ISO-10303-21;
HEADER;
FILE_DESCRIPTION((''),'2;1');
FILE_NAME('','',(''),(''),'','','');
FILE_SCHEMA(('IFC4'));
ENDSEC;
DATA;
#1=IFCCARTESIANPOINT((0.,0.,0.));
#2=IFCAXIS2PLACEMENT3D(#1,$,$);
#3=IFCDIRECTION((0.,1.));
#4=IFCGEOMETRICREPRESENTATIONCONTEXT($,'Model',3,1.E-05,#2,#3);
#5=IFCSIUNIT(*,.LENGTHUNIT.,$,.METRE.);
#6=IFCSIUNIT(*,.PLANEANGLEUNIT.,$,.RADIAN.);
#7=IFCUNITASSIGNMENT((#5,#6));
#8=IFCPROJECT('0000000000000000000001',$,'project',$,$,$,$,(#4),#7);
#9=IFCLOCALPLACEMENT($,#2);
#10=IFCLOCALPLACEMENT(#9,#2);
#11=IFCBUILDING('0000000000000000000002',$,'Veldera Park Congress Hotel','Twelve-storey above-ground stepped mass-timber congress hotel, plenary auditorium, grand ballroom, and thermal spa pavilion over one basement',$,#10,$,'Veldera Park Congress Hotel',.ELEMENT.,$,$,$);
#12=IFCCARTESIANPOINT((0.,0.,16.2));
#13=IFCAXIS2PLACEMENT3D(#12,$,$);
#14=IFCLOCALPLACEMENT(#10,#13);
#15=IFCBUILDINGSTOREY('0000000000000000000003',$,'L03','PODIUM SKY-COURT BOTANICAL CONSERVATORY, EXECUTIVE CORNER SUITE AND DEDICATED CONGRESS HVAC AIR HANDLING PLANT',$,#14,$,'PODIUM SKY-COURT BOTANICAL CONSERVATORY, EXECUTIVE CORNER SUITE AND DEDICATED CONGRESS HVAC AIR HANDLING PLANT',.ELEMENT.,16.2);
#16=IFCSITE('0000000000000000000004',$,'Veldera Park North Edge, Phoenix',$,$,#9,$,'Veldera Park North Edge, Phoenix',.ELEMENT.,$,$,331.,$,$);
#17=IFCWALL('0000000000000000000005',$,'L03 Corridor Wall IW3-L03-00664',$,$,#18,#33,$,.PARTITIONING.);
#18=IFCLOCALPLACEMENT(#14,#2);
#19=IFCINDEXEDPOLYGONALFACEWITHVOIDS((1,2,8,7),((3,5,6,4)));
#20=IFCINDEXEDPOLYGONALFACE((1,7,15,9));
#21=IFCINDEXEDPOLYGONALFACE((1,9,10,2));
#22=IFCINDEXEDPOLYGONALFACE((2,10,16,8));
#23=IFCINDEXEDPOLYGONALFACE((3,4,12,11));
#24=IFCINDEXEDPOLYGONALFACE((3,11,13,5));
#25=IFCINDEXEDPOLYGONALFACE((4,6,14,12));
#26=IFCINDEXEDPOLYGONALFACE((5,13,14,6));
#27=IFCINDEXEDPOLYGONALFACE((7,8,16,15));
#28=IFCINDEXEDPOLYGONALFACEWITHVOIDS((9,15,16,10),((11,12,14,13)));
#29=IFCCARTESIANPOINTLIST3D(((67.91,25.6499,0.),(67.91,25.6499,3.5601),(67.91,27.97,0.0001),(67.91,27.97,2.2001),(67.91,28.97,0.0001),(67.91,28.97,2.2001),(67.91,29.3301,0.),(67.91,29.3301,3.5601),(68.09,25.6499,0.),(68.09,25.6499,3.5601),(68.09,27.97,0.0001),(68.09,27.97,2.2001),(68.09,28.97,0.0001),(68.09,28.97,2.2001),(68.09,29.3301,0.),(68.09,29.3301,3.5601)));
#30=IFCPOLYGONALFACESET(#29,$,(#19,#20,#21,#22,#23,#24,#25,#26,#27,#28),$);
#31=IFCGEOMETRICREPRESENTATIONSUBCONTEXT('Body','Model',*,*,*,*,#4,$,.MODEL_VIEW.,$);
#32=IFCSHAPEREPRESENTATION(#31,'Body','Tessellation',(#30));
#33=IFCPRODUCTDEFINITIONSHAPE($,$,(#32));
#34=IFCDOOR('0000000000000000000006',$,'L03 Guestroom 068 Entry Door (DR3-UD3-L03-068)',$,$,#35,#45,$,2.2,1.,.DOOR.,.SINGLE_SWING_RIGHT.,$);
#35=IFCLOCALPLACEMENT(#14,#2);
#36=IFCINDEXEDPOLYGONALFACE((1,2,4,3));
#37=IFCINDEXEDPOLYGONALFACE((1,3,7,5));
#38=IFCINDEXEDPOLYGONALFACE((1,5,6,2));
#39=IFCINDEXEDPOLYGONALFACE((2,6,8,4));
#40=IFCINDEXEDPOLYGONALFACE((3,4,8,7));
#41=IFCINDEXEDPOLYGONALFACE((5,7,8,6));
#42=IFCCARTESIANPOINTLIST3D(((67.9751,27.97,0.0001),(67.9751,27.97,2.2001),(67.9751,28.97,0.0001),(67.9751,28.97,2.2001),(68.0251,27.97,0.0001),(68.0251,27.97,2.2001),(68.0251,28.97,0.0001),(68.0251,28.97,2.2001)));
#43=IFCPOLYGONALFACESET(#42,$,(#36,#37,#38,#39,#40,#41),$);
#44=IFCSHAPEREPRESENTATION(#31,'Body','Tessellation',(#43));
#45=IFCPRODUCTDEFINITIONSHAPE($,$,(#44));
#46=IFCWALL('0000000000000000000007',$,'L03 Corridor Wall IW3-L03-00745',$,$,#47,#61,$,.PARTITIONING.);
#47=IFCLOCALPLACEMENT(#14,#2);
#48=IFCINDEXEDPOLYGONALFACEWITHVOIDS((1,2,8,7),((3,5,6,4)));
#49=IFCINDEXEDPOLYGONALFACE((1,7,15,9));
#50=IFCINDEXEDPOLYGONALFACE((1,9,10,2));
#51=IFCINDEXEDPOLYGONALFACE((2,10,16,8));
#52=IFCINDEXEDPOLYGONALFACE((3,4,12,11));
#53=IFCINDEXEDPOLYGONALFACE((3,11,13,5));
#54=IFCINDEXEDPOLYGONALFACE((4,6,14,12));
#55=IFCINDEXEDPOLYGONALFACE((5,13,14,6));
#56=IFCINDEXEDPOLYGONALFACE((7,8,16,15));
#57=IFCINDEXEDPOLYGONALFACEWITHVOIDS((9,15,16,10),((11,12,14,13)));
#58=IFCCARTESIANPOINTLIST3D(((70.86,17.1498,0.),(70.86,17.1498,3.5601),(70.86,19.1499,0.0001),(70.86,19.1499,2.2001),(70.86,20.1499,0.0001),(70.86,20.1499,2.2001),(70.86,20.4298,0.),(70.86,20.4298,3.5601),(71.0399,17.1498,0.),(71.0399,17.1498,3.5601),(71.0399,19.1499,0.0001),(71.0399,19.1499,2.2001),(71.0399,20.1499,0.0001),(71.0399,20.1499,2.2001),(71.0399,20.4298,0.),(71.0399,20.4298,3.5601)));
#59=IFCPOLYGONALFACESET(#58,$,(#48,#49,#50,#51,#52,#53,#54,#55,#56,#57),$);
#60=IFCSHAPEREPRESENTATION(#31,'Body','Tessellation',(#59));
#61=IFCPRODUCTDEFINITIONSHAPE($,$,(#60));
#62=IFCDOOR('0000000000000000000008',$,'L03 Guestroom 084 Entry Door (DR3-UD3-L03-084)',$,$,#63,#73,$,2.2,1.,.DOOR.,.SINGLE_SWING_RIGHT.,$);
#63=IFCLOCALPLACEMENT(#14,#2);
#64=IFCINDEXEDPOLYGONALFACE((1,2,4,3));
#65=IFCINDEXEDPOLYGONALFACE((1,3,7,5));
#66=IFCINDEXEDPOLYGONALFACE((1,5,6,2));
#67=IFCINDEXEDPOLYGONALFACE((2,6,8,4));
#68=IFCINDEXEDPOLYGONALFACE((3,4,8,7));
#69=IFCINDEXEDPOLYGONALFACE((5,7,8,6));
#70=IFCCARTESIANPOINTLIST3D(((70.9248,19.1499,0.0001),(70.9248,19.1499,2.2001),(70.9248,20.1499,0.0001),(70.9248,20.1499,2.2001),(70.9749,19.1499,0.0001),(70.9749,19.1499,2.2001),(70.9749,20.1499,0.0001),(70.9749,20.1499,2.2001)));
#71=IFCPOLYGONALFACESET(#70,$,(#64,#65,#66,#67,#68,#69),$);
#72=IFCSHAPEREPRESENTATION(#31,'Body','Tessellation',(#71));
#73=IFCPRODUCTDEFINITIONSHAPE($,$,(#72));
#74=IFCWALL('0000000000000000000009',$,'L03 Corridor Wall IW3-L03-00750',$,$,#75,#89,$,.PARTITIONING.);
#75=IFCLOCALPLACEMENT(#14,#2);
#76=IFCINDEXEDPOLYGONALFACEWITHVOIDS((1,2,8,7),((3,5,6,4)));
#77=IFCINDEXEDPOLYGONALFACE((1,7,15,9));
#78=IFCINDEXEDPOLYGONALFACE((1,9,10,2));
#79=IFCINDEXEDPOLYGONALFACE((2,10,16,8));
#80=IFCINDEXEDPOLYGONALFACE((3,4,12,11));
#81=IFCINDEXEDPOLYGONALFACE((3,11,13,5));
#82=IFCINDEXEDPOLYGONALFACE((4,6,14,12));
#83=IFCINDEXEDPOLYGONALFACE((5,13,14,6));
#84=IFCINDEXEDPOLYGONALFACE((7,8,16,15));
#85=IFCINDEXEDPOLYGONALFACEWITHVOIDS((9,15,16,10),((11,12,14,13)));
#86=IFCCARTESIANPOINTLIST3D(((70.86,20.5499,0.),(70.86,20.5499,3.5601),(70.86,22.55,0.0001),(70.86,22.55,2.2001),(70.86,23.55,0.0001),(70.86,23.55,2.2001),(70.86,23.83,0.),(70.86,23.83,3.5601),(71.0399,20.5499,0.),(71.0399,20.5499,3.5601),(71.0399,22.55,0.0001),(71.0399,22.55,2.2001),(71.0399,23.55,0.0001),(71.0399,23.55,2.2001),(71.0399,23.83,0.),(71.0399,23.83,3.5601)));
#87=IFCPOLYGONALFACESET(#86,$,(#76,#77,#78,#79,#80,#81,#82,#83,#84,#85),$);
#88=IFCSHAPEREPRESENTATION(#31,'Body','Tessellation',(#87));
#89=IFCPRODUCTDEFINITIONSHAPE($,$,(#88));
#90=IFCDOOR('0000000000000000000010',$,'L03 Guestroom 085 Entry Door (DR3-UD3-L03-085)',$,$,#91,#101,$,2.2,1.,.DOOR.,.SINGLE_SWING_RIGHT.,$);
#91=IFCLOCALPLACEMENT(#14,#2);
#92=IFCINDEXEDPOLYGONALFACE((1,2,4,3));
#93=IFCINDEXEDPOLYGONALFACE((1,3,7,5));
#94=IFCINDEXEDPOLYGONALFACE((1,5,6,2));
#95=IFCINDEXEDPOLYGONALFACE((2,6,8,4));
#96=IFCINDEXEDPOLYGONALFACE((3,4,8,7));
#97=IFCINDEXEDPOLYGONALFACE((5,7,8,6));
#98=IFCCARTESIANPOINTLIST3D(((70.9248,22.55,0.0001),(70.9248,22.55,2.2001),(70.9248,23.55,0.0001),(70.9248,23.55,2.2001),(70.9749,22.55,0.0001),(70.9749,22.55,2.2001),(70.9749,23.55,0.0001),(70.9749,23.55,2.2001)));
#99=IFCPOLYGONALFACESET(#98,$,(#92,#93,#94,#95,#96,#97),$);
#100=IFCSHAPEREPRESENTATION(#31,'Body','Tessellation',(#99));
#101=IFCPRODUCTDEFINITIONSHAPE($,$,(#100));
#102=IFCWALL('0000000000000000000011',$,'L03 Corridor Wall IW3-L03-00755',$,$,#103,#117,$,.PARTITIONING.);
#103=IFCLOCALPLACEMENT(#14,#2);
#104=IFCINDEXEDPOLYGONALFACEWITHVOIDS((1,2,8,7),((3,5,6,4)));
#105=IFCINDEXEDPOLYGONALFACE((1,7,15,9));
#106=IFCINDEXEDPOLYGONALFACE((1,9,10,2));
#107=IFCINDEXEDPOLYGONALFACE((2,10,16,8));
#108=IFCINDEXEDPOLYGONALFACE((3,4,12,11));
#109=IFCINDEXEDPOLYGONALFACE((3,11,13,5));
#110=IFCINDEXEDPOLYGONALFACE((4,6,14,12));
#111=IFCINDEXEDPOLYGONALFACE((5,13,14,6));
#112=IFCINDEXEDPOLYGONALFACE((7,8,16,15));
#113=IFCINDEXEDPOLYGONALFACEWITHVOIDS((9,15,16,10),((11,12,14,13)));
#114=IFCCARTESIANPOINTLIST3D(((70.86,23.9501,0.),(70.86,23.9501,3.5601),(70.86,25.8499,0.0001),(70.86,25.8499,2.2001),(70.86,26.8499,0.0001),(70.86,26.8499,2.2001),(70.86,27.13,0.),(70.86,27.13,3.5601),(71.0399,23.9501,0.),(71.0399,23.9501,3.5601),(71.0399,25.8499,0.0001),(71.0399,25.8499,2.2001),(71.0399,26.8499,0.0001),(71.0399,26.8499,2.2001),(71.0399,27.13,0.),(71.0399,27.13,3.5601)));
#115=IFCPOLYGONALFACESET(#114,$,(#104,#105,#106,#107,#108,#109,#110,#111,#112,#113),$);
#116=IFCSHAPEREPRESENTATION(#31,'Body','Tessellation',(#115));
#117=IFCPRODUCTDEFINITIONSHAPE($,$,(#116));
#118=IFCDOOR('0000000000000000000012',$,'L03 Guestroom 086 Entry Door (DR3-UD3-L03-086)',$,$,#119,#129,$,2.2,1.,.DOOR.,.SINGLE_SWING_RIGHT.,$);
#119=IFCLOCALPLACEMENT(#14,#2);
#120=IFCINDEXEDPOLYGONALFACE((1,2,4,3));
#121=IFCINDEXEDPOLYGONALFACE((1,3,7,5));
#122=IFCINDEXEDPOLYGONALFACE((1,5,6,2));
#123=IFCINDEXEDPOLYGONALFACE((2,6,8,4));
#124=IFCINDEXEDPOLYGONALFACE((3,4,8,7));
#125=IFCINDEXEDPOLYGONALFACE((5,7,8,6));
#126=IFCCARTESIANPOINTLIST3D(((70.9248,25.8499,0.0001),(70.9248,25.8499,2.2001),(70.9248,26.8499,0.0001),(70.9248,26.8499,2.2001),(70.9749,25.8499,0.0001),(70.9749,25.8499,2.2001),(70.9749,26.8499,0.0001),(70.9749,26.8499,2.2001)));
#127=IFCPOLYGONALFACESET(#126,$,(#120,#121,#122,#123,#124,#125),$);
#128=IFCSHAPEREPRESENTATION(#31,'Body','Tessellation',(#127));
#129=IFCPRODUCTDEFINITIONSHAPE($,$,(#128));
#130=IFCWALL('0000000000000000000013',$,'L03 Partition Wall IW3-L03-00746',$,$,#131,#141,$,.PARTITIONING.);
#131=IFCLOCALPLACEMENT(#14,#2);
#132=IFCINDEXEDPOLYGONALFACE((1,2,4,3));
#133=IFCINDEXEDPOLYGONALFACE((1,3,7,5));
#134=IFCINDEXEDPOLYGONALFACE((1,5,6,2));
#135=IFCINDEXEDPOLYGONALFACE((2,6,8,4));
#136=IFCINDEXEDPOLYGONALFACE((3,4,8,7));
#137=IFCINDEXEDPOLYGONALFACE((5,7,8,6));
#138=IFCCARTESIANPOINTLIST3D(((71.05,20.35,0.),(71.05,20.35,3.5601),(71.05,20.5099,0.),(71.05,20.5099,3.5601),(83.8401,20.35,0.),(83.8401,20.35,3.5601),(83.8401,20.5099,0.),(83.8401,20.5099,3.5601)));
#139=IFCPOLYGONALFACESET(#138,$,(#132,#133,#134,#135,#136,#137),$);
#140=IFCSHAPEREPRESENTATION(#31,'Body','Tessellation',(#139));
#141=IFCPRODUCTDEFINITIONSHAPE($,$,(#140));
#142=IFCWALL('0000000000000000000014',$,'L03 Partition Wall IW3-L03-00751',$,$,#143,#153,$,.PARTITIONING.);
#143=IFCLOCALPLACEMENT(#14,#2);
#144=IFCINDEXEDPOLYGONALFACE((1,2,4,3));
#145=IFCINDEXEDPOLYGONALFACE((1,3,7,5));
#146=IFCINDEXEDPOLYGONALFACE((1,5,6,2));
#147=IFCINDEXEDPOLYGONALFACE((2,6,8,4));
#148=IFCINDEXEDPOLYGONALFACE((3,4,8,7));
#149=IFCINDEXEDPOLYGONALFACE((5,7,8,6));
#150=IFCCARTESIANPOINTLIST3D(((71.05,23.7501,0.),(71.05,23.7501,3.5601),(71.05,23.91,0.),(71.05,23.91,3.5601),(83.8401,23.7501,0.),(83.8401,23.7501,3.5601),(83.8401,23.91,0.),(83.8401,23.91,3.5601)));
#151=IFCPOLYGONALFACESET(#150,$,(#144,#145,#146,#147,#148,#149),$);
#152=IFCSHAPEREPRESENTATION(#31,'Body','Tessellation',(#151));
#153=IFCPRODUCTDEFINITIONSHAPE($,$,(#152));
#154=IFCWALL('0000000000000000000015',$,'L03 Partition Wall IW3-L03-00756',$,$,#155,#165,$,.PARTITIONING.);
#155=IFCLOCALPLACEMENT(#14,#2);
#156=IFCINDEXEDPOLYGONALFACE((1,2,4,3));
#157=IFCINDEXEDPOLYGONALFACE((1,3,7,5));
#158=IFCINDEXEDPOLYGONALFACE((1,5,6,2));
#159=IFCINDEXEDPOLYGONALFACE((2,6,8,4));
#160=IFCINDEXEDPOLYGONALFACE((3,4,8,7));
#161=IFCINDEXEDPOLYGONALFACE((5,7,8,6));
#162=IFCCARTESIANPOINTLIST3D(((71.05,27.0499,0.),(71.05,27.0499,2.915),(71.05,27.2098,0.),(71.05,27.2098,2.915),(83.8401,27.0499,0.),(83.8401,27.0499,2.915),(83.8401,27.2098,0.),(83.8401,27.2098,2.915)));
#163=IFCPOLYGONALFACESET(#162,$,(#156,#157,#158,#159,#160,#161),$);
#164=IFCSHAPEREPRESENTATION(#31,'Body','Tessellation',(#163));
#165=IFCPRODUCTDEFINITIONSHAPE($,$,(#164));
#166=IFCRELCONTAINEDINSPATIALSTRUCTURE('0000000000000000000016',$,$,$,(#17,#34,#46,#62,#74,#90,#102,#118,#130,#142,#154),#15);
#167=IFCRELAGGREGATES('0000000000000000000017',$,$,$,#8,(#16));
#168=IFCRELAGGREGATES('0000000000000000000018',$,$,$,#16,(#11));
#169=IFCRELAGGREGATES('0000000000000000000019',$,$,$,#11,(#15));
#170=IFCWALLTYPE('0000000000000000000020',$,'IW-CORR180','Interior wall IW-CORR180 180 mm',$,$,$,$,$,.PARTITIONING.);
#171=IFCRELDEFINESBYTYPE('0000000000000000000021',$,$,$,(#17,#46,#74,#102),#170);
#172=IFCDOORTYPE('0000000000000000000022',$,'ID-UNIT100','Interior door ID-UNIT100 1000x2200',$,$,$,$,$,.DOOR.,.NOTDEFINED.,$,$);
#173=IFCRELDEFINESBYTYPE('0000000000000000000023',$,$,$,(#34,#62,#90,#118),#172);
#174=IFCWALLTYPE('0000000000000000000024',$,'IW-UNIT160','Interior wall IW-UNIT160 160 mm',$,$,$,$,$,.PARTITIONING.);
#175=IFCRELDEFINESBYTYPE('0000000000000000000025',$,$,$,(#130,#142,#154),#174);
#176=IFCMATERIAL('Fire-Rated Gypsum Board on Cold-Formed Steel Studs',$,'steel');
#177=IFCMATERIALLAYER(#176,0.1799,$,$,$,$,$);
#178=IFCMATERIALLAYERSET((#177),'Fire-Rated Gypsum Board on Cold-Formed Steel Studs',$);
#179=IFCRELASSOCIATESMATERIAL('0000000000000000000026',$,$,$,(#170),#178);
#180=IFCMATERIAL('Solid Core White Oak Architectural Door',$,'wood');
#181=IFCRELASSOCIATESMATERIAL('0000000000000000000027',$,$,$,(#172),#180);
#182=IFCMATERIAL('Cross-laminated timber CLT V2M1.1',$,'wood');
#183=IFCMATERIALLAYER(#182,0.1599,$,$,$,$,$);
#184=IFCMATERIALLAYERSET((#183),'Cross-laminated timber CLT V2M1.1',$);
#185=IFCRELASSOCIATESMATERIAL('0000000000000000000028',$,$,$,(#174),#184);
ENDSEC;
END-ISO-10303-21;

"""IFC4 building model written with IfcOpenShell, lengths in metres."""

from ifc_helpers import new_model, si_unit, direction, frame, frame_2d, origin, place, context, subcontext, project, spatial, rectangle, extrude, material, layer, layer_set, type_object, element, fill, save


model = new_model("IFC4")

# Units and contexts
model_context = context("Model", 3, precision=1e-05, world=origin(), true_north=direction((0.0, 1.0)))
body_context = subcontext(model_context, "Body", "Model", "MODEL_VIEW")
ifc_project = project(units=[si_unit("LENGTHUNIT", "METRE"), si_unit("PLANEANGLEUNIT", "RADIAN")], contexts=[model_context])

# Site, building, storey
site_placement = place(None, origin())
site = spatial("IfcSite", under=ifc_project, at=site_placement, Name="Veldera Park North Edge, Phoenix", LongName="Veldera Park North Edge, Phoenix", CompositionType="ELEMENT", RefElevation=331.0)
building_placement = place(site_placement, origin())
building = spatial("IfcBuilding", under=site, at=building_placement, Name="Veldera Park Congress Hotel", Description="Twelve-storey above-ground stepped mass-timber congress hotel, plenary auditorium, grand ballroom, and thermal spa pavilion over one basement", LongName="Veldera Park Congress Hotel", CompositionType="ELEMENT")
storey_placement = place(building_placement, frame((0.0, 0.0, 16.2)))
storey = spatial("IfcBuildingStorey", under=building, at=storey_placement, Name="L03", Description="PODIUM SKY-COURT BOTANICAL CONSERVATORY, EXECUTIVE CORNER SUITE AND DEDICATED CONGRESS HVAC AIR HANDLING PLANT", LongName="PODIUM SKY-COURT BOTANICAL CONSERVATORY, EXECUTIVE CORNER SUITE AND DEDICATED CONGRESS HVAC AIR HANDLING PLANT", CompositionType="ELEMENT", Elevation=16.2)

# Shared definitions
ifc_material_1 = material(Name="Fire-Rated Gypsum Board on Cold-Formed Steel Studs", Category="steel")
ifc_material_2 = material(Name="Solid Core White Oak Architectural Door", Category="wood")

# Shared definitions
ifc_layer_1 = layer(ifc_material_1, 0.1799)
ifc_layer_set_1 = layer_set([ifc_layer_1], Name="Fire-Rated Gypsum Board on Cold-Formed Steel Studs")
wall_type_1 = type_object("IfcWallType", Name="IW-CORR180", Description="Interior wall IW-CORR180 180 mm", PredefinedType="PARTITIONING", material=ifc_layer_set_1)

# Walls, openings, doors
door_type_1 = type_object("IfcDoorType", Name="ID-UNIT100", Description="Interior door ID-UNIT100 1000x2200", OperationType="NOTDEFINED", PredefinedType="DOOR", material=ifc_material_2)
wall_1_placement = place(storey_placement, frame((68.0, 25.6499, 0.0), z_axis=(0.0, 0.0, 1.0), x_axis=(0.0, 1.0, 0.0)))
wall_1 = element("IfcWall", 1, at=wall_1_placement, inside=storey, type_object=wall_type_1, Name="L03 Corridor Wall IW3-L03-00664", PredefinedType="PARTITIONING", context=body_context, shape_type="SweptSolid", body=[
    extrude(rectangle(XDim=3.6802, YDim=0.1799, at=frame_2d((1.8401, 0.0))), origin(), (0.0, 0.0, 1.0), 3.5601),
])
opening_1_placement = place(wall_1_placement, frame((2.3201, 0.0, 0.0)))
opening_1 = element("IfcOpeningElement", 2, at=opening_1_placement, cuts=wall_1, PredefinedType="OPENING", context=body_context, shape_type="SweptSolid", body=[
    extrude(rectangle(XDim=1.0, YDim=2.2, at=frame_2d((0.5, 1.1001))), frame((0.0, 0.1021, 0.0), z_axis=(0.0, -1.0, 0.0), x_axis=(1.0, 0.0, 0.0)), (0.0, 0.0, 1.0), 0.2039),
])
door_1_placement = place(opening_1_placement, origin())
door_1 = element("IfcDoor", 3, at=door_1_placement, inside=storey, type_object=door_type_1, Name="L03 Guestroom 068 Entry Door (DR3-UD3-L03-068)", OperationType="SINGLE_SWING_RIGHT", OverallHeight=2.2, OverallWidth=1.0, PredefinedType="DOOR", context=body_context, shape_type="SweptSolid", body=[
    extrude(rectangle(XDim=1.0, YDim=2.2, at=frame_2d((0.5, 1.1001))), frame((0.0, 0.0249, 0.0), z_axis=(0.0, -1.0, 0.0), x_axis=(1.0, 0.0, 0.0)), (0.0, 0.0, 1.0), 0.05),
])
fill(opening_1, door_1)
wall_2_placement = place(storey_placement, frame((70.95, 20.4299, 0.0), z_axis=(0.0, 0.0, 1.0), x_axis=(0.0, -1.0, 0.0)))
wall_2 = element("IfcWall", 4, at=wall_2_placement, inside=storey, type_object=wall_type_1, Name="L03 Corridor Wall IW3-L03-00745", PredefinedType="PARTITIONING", context=body_context, shape_type="SweptSolid", body=[
    extrude(rectangle(XDim=3.28, YDim=0.1799, at=frame_2d((1.6401, 0.0))), origin(), (0.0, 0.0, 1.0), 3.5601),
])
opening_2_placement = place(wall_2_placement, frame((0.28, 0.0, 0.0)))
opening_2 = element("IfcOpeningElement", 5, at=opening_2_placement, cuts=wall_2, PredefinedType="OPENING", context=body_context, shape_type="SweptSolid", body=[
    extrude(rectangle(XDim=1.0, YDim=2.2, at=frame_2d((0.5, 1.1001))), frame((0.0, 0.1021, 0.0), z_axis=(0.0, -1.0, 0.0), x_axis=(1.0, 0.0, 0.0)), (0.0, 0.0, 1.0), 0.2039),
])
door_2_placement = place(opening_2_placement, origin())
door_2 = element("IfcDoor", 6, at=door_2_placement, inside=storey, type_object=door_type_1, Name="L03 Guestroom 084 Entry Door (DR3-UD3-L03-084)", OperationType="SINGLE_SWING_RIGHT", OverallHeight=2.2, OverallWidth=1.0, PredefinedType="DOOR", context=body_context, shape_type="SweptSolid", body=[
    extrude(rectangle(XDim=1.0, YDim=2.2, at=frame_2d((0.5, 1.1001))), frame((0.0, 0.0249, 0.0), z_axis=(0.0, -1.0, 0.0), x_axis=(1.0, 0.0, 0.0)), (0.0, 0.0, 1.0), 0.05),
])
fill(opening_2, door_2)
wall_3_placement = place(storey_placement, frame((70.95, 23.8301, 0.0), z_axis=(0.0, 0.0, 1.0), x_axis=(0.0, -1.0, 0.0)))
wall_3 = element("IfcWall", 7, at=wall_3_placement, inside=storey, type_object=wall_type_1, Name="L03 Corridor Wall IW3-L03-00750", PredefinedType="PARTITIONING", context=body_context, shape_type="SweptSolid", body=[
    extrude(rectangle(XDim=3.28, YDim=0.1799, at=frame_2d((1.6401, 0.0))), origin(), (0.0, 0.0, 1.0), 3.5601),
])
opening_3_placement = place(wall_3_placement, frame((0.28, 0.0, 0.0)))
opening_3 = element("IfcOpeningElement", 8, at=opening_3_placement, cuts=wall_3, PredefinedType="OPENING", context=body_context, shape_type="SweptSolid", body=[
    extrude(rectangle(XDim=1.0, YDim=2.2, at=frame_2d((0.5, 1.1001))), frame((0.0, 0.1021, 0.0), z_axis=(0.0, -1.0, 0.0), x_axis=(1.0, 0.0, 0.0)), (0.0, 0.0, 1.0), 0.2039),
])
door_3_placement = place(opening_3_placement, origin())
door_3 = element("IfcDoor", 9, at=door_3_placement, inside=storey, type_object=door_type_1, Name="L03 Guestroom 085 Entry Door (DR3-UD3-L03-085)", OperationType="SINGLE_SWING_RIGHT", OverallHeight=2.2, OverallWidth=1.0, PredefinedType="DOOR", context=body_context, shape_type="SweptSolid", body=[
    extrude(rectangle(XDim=1.0, YDim=2.2, at=frame_2d((0.5, 1.1001))), frame((0.0, 0.0249, 0.0), z_axis=(0.0, -1.0, 0.0), x_axis=(1.0, 0.0, 0.0)), (0.0, 0.0, 1.0), 0.05),
])
fill(opening_3, door_3)
wall_4_placement = place(storey_placement, frame((70.95, 27.1299, 0.0), z_axis=(0.0, 0.0, 1.0), x_axis=(0.0, -1.0, 0.0)))
wall_4 = element("IfcWall", 10, at=wall_4_placement, inside=storey, type_object=wall_type_1, Name="L03 Corridor Wall IW3-L03-00755", PredefinedType="PARTITIONING", context=body_context, shape_type="SweptSolid", body=[
    extrude(rectangle(XDim=3.1799, YDim=0.1799, at=frame_2d((1.5898, 0.0))), origin(), (0.0, 0.0, 1.0), 3.5601),
])
opening_4_placement = place(wall_4_placement, frame((0.28, 0.0, 0.0)))
opening_4 = element("IfcOpeningElement", 11, at=opening_4_placement, cuts=wall_4, PredefinedType="OPENING", context=body_context, shape_type="SweptSolid", body=[
    extrude(rectangle(XDim=1.0, YDim=2.2, at=frame_2d((0.5, 1.1001))), frame((0.0, 0.1021, 0.0), z_axis=(0.0, -1.0, 0.0), x_axis=(1.0, 0.0, 0.0)), (0.0, 0.0, 1.0), 0.2039),
])
door_4_placement = place(opening_4_placement, origin())
door_4 = element("IfcDoor", 12, at=door_4_placement, inside=storey, type_object=door_type_1, Name="L03 Guestroom 086 Entry Door (DR3-UD3-L03-086)", OperationType="SINGLE_SWING_RIGHT", OverallHeight=2.2, OverallWidth=1.0, PredefinedType="DOOR", context=body_context, shape_type="SweptSolid", body=[
    extrude(rectangle(XDim=1.0, YDim=2.2, at=frame_2d((0.5, 1.1001))), frame((0.0, 0.0249, 0.0), z_axis=(0.0, -1.0, 0.0), x_axis=(1.0, 0.0, 0.0)), (0.0, 0.0, 1.0), 0.05),
])
fill(opening_4, door_4)

# Walls
ifc_material_3 = material(Name="Cross-laminated timber CLT V2M1.1", Category="wood")
ifc_layer_2 = layer(ifc_material_3, 0.1599)
ifc_layer_set_2 = layer_set([ifc_layer_2], Name="Cross-laminated timber CLT V2M1.1")
wall_type_2 = type_object("IfcWallType", Name="IW-UNIT160", Description="Interior wall IW-UNIT160 160 mm", PredefinedType="PARTITIONING", material=ifc_layer_set_2)
for number, where, z_axis, x_axis, name in (
    (13, (71.05, 20.4299, 0.0), (0.0, 0.0, 1.0), (1.0, 0.0, 0.0), "L03 Partition Wall IW3-L03-00746"),
    (14, (71.05, 23.8301, 0.0), (0.0, 0.0, 1.0), (1.0, 0.0, 0.0), "L03 Partition Wall IW3-L03-00751"),
):
    element("IfcWall", number, at=place(storey_placement, frame(where, z_axis=z_axis, x_axis=x_axis)), inside=storey, type_object=wall_type_2, Name=name, PredefinedType="PARTITIONING", context=body_context, shape_type="SweptSolid", body=[
        extrude(rectangle(XDim=12.79, YDim=0.1599, at=frame_2d((6.395, 0.0))), origin(), (0.0, 0.0, 1.0), 3.5601),
    ])
wall_5_placement = place(storey_placement, frame((71.05, 27.1299, 0.0), z_axis=(0.0, 0.0, 1.0), x_axis=(1.0, 0.0, 0.0)))
element("IfcWall", 15, at=wall_5_placement, inside=storey, type_object=wall_type_2, Name="L03 Partition Wall IW3-L03-00756", PredefinedType="PARTITIONING", context=body_context, shape_type="SweptSolid", body=[
    extrude(rectangle(XDim=12.79, YDim=0.1599, at=frame_2d((6.395, 0.0))), origin(), (0.0, 0.0, 1.0), 2.915),
])

save(model, "model.ifc")
